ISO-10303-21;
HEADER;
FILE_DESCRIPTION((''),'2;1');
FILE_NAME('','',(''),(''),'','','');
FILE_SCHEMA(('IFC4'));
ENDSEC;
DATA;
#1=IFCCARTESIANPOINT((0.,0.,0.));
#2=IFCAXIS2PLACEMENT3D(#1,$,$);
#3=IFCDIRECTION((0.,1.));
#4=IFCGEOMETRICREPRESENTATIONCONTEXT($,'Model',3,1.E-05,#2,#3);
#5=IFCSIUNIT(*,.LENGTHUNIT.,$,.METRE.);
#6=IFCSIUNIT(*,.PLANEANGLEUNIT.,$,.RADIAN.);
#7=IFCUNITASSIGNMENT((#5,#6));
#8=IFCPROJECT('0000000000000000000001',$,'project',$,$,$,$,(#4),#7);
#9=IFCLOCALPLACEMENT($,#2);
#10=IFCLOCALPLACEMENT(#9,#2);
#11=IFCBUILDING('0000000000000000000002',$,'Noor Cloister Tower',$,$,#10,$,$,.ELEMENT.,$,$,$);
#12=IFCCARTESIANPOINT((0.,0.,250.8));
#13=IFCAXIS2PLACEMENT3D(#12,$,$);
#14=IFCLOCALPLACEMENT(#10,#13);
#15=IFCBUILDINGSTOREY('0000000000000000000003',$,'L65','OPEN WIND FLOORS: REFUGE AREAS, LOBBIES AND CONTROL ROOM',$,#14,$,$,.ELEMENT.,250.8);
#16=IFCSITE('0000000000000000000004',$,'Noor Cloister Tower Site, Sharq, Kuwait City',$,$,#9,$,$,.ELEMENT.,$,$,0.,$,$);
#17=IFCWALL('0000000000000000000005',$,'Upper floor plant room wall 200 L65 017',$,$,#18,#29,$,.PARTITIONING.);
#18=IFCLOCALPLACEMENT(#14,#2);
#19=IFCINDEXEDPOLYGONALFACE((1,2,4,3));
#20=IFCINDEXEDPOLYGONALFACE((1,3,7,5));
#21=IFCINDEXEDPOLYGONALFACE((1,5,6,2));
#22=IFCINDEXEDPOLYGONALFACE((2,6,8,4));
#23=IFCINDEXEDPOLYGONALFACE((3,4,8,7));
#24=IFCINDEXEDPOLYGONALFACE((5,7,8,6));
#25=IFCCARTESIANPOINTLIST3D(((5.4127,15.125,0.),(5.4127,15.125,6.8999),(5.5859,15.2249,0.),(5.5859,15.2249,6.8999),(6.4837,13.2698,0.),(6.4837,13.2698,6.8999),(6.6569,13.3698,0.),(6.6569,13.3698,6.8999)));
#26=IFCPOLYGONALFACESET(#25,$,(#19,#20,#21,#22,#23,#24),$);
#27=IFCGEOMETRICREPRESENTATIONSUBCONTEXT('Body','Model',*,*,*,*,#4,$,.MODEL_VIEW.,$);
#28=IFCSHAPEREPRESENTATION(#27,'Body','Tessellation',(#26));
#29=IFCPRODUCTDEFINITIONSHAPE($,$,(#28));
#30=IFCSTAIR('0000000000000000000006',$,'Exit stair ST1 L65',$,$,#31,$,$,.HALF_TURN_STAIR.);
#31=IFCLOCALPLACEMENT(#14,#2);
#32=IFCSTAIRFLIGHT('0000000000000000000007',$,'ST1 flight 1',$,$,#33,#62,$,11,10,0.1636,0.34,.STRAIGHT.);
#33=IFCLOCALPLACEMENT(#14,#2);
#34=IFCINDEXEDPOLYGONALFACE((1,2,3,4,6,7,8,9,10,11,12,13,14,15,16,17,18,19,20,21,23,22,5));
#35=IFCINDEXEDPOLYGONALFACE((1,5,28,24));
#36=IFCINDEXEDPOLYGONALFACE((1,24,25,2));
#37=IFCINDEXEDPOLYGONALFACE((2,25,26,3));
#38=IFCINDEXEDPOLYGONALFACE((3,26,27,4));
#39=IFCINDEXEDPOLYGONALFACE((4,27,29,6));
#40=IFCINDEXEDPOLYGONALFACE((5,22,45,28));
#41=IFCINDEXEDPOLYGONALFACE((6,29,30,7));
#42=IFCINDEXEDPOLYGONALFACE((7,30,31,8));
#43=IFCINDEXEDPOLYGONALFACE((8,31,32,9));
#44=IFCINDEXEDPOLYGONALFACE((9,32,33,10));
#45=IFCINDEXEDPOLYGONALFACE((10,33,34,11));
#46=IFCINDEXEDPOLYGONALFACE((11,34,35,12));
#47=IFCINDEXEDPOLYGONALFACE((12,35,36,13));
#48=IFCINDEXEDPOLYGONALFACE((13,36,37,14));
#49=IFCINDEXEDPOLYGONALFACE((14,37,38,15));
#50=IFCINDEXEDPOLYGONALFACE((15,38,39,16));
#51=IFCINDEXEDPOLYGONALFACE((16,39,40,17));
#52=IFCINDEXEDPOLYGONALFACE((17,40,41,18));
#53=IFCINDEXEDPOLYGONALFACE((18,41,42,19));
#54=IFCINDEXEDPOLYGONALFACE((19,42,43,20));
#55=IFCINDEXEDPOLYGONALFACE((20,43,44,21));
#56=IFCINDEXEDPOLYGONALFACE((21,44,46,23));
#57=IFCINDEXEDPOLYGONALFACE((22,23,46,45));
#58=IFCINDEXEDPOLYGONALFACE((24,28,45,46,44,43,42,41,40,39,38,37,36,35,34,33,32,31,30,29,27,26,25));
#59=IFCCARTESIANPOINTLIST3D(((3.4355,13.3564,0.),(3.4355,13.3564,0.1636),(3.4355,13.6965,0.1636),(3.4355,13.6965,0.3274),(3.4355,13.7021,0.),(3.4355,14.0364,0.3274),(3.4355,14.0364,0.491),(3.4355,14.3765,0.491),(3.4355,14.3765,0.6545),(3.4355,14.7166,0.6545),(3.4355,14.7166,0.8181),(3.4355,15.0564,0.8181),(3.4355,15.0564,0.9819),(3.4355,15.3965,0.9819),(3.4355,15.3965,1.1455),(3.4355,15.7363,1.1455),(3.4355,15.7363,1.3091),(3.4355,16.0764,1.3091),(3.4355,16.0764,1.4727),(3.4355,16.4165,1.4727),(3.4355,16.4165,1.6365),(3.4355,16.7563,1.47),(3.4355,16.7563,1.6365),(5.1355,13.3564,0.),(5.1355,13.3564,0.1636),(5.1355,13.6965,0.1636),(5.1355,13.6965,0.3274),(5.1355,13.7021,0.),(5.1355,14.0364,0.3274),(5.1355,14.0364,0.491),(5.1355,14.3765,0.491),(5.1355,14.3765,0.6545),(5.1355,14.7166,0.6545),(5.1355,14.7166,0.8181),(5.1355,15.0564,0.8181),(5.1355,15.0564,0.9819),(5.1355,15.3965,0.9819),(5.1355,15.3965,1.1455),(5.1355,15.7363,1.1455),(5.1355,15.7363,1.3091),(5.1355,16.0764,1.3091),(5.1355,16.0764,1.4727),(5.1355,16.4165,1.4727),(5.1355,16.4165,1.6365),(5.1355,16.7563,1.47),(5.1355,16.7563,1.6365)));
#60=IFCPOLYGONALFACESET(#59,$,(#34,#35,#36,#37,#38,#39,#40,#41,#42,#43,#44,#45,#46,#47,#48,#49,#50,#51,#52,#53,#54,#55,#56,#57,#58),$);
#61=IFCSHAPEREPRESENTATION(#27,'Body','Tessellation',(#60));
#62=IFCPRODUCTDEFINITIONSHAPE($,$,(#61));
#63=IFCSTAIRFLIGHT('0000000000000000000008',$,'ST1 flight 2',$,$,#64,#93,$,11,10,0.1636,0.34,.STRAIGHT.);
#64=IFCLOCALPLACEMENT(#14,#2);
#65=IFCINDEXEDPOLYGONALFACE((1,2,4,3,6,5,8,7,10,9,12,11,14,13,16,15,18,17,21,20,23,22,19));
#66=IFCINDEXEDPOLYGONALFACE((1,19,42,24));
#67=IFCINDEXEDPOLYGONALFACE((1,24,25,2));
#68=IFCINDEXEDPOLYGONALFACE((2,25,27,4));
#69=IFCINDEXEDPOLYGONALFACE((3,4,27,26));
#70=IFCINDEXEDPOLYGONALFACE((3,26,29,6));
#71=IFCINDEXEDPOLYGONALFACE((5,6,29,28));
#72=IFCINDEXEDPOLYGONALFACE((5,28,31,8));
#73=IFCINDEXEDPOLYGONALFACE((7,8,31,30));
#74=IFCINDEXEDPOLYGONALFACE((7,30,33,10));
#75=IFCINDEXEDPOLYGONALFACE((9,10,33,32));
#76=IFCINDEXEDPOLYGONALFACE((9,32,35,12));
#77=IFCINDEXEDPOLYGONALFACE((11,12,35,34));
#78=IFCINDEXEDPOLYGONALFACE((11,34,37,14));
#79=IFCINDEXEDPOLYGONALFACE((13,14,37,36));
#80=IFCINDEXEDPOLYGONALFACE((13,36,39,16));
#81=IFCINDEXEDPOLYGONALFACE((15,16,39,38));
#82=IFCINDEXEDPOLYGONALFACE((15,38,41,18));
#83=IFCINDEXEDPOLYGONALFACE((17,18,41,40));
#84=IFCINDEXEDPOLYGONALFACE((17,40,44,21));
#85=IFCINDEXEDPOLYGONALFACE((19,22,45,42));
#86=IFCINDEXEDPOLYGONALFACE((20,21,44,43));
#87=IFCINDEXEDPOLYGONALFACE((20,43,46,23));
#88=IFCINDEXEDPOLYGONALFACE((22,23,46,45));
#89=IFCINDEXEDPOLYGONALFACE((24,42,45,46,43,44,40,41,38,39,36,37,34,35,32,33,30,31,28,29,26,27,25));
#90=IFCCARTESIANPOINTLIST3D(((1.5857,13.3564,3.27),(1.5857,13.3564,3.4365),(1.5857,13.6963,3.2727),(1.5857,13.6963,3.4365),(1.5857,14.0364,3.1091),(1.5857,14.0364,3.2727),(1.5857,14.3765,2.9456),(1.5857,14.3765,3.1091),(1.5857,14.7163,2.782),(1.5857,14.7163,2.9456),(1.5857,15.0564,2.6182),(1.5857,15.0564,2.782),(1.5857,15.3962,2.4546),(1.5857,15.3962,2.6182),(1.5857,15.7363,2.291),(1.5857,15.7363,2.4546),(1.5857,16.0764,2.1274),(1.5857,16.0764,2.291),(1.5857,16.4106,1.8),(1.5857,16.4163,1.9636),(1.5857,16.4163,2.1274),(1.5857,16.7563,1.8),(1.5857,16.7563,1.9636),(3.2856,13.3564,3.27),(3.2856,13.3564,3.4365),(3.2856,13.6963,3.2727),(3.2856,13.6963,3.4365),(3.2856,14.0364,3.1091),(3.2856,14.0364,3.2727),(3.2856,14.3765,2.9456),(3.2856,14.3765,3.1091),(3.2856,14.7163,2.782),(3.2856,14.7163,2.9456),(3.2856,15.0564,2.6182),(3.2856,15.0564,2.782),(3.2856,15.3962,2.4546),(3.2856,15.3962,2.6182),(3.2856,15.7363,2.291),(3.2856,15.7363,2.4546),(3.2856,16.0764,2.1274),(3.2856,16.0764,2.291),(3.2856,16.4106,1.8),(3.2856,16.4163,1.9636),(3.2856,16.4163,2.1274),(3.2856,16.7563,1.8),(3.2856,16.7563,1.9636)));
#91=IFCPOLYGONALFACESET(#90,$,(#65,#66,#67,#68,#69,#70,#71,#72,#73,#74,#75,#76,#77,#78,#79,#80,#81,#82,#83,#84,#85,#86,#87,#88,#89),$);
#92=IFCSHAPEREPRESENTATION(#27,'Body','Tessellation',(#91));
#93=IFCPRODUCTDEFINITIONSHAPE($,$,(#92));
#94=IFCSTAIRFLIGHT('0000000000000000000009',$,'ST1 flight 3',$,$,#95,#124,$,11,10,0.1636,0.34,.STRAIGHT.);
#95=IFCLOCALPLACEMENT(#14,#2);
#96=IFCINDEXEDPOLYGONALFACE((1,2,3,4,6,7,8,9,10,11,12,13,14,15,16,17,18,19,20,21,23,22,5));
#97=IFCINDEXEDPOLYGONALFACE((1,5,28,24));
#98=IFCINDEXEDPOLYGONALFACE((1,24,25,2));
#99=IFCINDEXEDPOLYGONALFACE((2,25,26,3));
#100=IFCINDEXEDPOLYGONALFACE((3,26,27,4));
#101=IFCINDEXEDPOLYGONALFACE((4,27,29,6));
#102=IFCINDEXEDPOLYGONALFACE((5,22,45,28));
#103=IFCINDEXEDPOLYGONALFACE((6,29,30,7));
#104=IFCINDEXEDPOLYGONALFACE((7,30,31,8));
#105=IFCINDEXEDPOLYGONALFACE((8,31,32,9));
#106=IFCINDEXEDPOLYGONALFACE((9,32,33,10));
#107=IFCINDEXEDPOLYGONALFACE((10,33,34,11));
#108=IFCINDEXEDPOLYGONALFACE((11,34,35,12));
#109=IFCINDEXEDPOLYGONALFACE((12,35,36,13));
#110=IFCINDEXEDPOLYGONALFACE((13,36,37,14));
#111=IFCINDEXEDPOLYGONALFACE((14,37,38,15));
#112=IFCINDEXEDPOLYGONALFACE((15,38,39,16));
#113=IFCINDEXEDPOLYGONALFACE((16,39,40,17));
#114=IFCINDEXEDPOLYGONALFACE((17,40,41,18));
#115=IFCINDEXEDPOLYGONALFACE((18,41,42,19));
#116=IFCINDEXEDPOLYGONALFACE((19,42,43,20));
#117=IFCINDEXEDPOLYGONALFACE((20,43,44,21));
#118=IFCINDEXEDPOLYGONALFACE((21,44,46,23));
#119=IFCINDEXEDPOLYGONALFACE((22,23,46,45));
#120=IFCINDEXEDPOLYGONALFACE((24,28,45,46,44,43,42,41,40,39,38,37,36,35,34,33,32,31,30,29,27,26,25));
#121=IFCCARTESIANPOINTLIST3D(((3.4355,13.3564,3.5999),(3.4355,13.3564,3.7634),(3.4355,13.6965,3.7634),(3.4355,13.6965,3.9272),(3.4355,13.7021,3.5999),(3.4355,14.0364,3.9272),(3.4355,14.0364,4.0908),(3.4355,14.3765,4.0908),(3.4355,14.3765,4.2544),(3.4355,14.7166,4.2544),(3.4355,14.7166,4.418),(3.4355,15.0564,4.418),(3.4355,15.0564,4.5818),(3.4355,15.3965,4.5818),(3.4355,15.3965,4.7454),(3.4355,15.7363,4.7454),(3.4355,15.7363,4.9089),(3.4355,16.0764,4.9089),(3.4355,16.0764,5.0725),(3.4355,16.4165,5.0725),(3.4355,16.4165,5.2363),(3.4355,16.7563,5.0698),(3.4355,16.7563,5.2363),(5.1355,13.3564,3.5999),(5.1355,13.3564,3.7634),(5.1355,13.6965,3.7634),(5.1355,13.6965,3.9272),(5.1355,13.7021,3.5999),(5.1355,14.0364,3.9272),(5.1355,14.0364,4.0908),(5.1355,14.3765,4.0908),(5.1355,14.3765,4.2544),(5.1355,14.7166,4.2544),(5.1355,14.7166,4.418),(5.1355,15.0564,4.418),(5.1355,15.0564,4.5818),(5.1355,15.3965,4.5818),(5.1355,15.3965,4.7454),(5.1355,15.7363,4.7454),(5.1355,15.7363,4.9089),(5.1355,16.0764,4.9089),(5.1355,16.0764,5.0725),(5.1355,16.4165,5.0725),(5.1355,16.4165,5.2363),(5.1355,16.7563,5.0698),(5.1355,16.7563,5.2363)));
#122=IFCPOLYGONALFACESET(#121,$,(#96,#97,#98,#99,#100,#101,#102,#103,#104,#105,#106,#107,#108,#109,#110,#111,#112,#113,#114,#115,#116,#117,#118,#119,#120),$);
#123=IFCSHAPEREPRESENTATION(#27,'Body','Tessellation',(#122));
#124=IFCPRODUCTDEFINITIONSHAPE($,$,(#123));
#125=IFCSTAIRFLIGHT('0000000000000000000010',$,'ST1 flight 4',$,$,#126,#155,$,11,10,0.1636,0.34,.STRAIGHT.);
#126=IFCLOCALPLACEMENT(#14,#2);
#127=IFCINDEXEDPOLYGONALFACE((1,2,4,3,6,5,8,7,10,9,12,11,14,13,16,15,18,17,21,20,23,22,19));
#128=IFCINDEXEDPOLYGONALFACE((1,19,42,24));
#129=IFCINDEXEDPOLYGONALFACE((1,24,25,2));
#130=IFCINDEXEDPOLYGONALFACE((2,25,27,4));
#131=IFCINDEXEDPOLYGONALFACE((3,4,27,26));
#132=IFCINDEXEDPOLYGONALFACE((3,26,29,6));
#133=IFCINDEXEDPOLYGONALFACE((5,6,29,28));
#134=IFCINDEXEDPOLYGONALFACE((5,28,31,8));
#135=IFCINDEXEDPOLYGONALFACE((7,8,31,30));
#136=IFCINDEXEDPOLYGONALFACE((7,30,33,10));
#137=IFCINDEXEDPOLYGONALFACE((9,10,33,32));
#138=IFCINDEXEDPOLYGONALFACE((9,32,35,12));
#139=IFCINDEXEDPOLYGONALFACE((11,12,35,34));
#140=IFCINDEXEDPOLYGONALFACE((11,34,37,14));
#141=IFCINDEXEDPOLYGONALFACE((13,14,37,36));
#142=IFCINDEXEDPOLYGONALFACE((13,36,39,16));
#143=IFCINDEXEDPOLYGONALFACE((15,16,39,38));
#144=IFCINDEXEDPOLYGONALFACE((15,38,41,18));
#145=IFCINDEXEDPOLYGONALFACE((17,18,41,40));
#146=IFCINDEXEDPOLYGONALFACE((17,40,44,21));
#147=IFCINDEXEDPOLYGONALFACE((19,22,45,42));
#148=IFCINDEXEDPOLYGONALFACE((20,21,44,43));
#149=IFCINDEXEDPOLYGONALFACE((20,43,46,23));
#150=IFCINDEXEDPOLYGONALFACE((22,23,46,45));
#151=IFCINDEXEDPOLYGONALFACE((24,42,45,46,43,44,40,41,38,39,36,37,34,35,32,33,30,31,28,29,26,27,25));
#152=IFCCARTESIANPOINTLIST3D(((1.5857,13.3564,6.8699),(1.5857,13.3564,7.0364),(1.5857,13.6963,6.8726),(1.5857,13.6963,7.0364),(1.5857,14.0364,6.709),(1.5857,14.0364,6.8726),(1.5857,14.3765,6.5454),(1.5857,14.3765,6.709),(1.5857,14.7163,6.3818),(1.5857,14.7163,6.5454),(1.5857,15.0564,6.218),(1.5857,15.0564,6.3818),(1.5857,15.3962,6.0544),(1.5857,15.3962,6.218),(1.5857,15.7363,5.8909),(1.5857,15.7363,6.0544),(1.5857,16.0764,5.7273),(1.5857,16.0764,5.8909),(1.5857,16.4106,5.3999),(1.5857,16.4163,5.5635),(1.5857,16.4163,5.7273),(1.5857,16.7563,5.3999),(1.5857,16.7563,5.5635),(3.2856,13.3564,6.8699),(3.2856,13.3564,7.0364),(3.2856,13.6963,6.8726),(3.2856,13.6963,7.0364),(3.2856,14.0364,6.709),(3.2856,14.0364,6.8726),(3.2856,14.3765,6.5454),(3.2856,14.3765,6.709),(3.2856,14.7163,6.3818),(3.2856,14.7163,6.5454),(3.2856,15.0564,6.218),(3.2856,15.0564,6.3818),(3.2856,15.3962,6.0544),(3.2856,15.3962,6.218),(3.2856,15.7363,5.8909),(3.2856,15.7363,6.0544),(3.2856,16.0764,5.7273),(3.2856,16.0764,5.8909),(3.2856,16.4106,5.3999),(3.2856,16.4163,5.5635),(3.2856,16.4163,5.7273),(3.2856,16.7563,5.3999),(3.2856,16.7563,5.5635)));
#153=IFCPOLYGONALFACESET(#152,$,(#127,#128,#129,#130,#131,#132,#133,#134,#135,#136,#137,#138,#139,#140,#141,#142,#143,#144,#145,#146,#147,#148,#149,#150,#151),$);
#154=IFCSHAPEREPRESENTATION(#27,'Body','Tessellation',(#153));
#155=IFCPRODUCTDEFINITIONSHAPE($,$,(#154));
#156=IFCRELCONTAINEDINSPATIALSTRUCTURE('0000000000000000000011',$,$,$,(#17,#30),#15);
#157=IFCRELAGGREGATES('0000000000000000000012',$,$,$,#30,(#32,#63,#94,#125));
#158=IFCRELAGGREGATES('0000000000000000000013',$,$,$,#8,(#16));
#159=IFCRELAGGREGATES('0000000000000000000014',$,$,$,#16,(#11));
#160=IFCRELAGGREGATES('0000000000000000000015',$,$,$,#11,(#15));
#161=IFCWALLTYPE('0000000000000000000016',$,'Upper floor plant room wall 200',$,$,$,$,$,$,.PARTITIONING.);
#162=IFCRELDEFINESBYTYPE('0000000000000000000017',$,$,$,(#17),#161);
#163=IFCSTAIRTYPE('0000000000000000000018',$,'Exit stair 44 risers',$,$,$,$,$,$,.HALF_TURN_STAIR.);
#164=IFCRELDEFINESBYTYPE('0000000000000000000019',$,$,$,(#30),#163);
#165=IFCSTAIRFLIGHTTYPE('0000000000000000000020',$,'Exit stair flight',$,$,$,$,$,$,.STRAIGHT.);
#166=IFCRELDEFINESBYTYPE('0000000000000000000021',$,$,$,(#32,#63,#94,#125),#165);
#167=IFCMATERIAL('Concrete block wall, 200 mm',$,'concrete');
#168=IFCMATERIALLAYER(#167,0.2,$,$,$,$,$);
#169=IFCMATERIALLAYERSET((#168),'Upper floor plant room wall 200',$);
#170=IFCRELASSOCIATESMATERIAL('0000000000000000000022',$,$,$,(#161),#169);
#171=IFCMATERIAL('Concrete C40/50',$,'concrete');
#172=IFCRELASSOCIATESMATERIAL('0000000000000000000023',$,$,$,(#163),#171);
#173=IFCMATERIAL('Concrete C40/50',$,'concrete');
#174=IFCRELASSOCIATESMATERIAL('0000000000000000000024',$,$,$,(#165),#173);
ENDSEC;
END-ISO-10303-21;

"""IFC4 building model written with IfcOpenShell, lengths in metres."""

from ifc_helpers import new_model, si_unit, direction, frame, frame_2d, origin, place, context, subcontext, project, spatial, polyline, rectangle, outline, extrude, material, layer, layer_set, type_object, element, aggregate, save


model = new_model("IFC4")

# Units and contexts
model_context = context("Model", 3, precision=1e-05, world=origin(), true_north=direction((0.0, 1.0)))
body_context = subcontext(model_context, "Body", "Model", "MODEL_VIEW")
ifc_project = project(units=[si_unit("LENGTHUNIT", "METRE"), si_unit("PLANEANGLEUNIT", "RADIAN")], contexts=[model_context])

# Site, building, storey
site_placement = place(None, origin())
site = spatial("IfcSite", under=ifc_project, at=site_placement, Name="Noor Cloister Tower Site, Sharq, Kuwait City", CompositionType="ELEMENT", RefElevation=0.0)
building_placement = place(site_placement, origin())
building = spatial("IfcBuilding", under=site, at=building_placement, Name="Noor Cloister Tower", CompositionType="ELEMENT")
storey_placement = place(building_placement, frame((0.0, 0.0, 250.8)))
storey = spatial("IfcBuildingStorey", under=building, at=storey_placement, Name="L65", Description="OPEN WIND FLOORS: REFUGE AREAS, LOBBIES AND CONTROL ROOM", CompositionType="ELEMENT", Elevation=250.8)

# Shared definitions
ifc_material_1 = material(Name="Concrete block wall, 200 mm", Category="concrete")
ifc_layer_1 = layer(ifc_material_1, 0.2)
ifc_layer_set_1 = layer_set([ifc_layer_1], Name="Upper floor plant room wall 200")
wall_type_1 = type_object("IfcWallType", Name="Upper floor plant room wall 200", PredefinedType="PARTITIONING", material=ifc_layer_set_1)

# Wall
wall_1_placement = place(storey_placement, frame((6.5703, 13.3198, 0.0), z_axis=(0.0, 0.0, 1.0), x_axis=(-0.499976, 0.866039, 0.0)))
element("IfcWall", 1, at=wall_1_placement, inside=storey, type_object=wall_type_1, Name="Upper floor plant room wall 200 L65 017", PredefinedType="PARTITIONING", context=body_context, shape_type="SweptSolid", body=[
    extrude(rectangle(XDim=2.1421, YDim=0.2, at=frame_2d((1.071, 0.0))), origin(), (0.0, 0.0, 1.0), 6.8999),
])

# Stair, stair flights
ifc_material_2 = material(Name="Concrete C40/50", Category="concrete")
stair_type = type_object("IfcStairType", Name="Exit stair 44 risers", PredefinedType="HALF_TURN_STAIR", material=ifc_material_2)
stair_placement = place(storey_placement, origin())
stair = element("IfcStair", 2, at=stair_placement, inside=storey, type_object=stair_type, Name="Exit stair ST1 L65", PredefinedType="HALF_TURN_STAIR")
ifc_material_3 = material(Name="Concrete C40/50", Category="concrete")
stair_flight_type = type_object("IfcStairFlightType", Name="Exit stair flight", PredefinedType="STRAIGHT", material=ifc_material_3)
stair_flight_1_placement = place(storey_placement, frame((4.2856, 13.3564, 0.0), z_axis=(0.0, 0.0, 1.0), x_axis=(0.0, 1.0, 0.0)))
stair_flight_1 = element("IfcStairFlight", 3, at=stair_flight_1_placement, type_object=stair_flight_type, Name="ST1 flight 1", NumberOfRisers=11, NumberOfTreads=10, PredefinedType="STRAIGHT", RiserHeight=0.1636, TreadLength=0.34, context=body_context, shape_type="SweptSolid", body=[
    extrude(outline(polyline([(0.0, 0.0), (0.0, 0.1636), (0.3401, 0.1636), (0.3401, 0.3274), (0.6799, 0.3274), (0.6799, 0.491), (1.02, 0.491), (1.02, 0.6545), (1.3601, 0.6545), (1.3601, 0.8181), (1.7, 0.8181), (1.7, 0.9819), (2.04, 0.9819), (2.04, 1.1455), (2.3799, 1.1455), (2.3799, 1.3091), (2.72, 1.3091), (2.72, 1.4727), (3.0601, 1.4727), (3.0601, 1.6365), (3.3999, 1.6365), (3.3999, 1.8), (3.3999, 1.47), (0.3457, 0.0), (0.0, 0.0)])), frame((0.0, 0.8501, 0.0), z_axis=(0.0, -1.0, 0.0), x_axis=(1.0, 0.0, 0.0)), (0.0, 0.0, 1.0), 1.7),
])
stair_flight_2_placement = place(storey_placement, frame((2.4355, 16.7563, 1.8), z_axis=(0.0, 0.0, 1.0), x_axis=(0.0, -1.0, 0.0)))
stair_flight_2 = element("IfcStairFlight", 4, at=stair_flight_2_placement, type_object=stair_flight_type, Name="ST1 flight 2", NumberOfRisers=11, NumberOfTreads=10, PredefinedType="STRAIGHT", RiserHeight=0.1636, TreadLength=0.34, context=body_context, shape_type="SweptSolid", body=[
    extrude(outline(polyline([(0.0, 0.0), (0.0, 0.1636), (0.3401, 0.1636), (0.3401, 0.3274), (0.6799, 0.3274), (0.6799, 0.491), (1.02, 0.491), (1.02, 0.6545), (1.3601, 0.6545), (1.3601, 0.8181), (1.7, 0.8181), (1.7, 0.9819), (2.04, 0.9819), (2.04, 1.1455), (2.3799, 1.1455), (2.3799, 1.3091), (2.72, 1.3091), (2.72, 1.4727), (3.0601, 1.4727), (3.0601, 1.6365), (3.3999, 1.6365), (3.3999, 1.8), (3.3999, 1.47), (0.3457, 0.0), (0.0, 0.0)])), frame((0.0, 0.8501, 0.0), z_axis=(0.0, -1.0, 0.0), x_axis=(1.0, 0.0, 0.0)), (0.0, 0.0, 1.0), 1.7),
])
stair_flight_3_placement = place(storey_placement, frame((4.2856, 13.3564, 3.5999), z_axis=(0.0, 0.0, 1.0), x_axis=(0.0, 1.0, 0.0)))
stair_flight_3 = element("IfcStairFlight", 5, at=stair_flight_3_placement, type_object=stair_flight_type, Name="ST1 flight 3", NumberOfRisers=11, NumberOfTreads=10, PredefinedType="STRAIGHT", RiserHeight=0.1636, TreadLength=0.34, context=body_context, shape_type="SweptSolid", body=[
    extrude(outline(polyline([(0.0, 0.0), (0.0, 0.1636), (0.3401, 0.1636), (0.3401, 0.3274), (0.6799, 0.3274), (0.6799, 0.491), (1.02, 0.491), (1.02, 0.6545), (1.3601, 0.6545), (1.3601, 0.8181), (1.7, 0.8181), (1.7, 0.9819), (2.04, 0.9819), (2.04, 1.1455), (2.3799, 1.1455), (2.3799, 1.3091), (2.72, 1.3091), (2.72, 1.4727), (3.0601, 1.4727), (3.0601, 1.6365), (3.3999, 1.6365), (3.3999, 1.8), (3.3999, 1.47), (0.3457, 0.0), (0.0, 0.0)])), frame((0.0, 0.8501, 0.0), z_axis=(0.0, -1.0, 0.0), x_axis=(1.0, 0.0, 0.0)), (0.0, 0.0, 1.0), 1.7),
])
stair_flight_4_placement = place(storey_placement, frame((2.4355, 16.7563, 5.3999), z_axis=(0.0, 0.0, 1.0), x_axis=(0.0, -1.0, 0.0)))
stair_flight_4 = element("IfcStairFlight", 6, at=stair_flight_4_placement, type_object=stair_flight_type, Name="ST1 flight 4", NumberOfRisers=11, NumberOfTreads=10, PredefinedType="STRAIGHT", RiserHeight=0.1636, TreadLength=0.34, context=body_context, shape_type="SweptSolid", body=[
    extrude(outline(polyline([(0.0, 0.0), (0.0, 0.1636), (0.3401, 0.1636), (0.3401, 0.3274), (0.6799, 0.3274), (0.6799, 0.491), (1.02, 0.491), (1.02, 0.6545), (1.3601, 0.6545), (1.3601, 0.8181), (1.7, 0.8181), (1.7, 0.9819), (2.04, 0.9819), (2.04, 1.1455), (2.3799, 1.1455), (2.3799, 1.3091), (2.72, 1.3091), (2.72, 1.4727), (3.0601, 1.4727), (3.0601, 1.6365), (3.3999, 1.6365), (3.3999, 1.8), (3.3999, 1.47), (0.3457, 0.0), (0.0, 0.0)])), frame((0.0, 0.8501, 0.0), z_axis=(0.0, -1.0, 0.0), x_axis=(1.0, 0.0, 0.0)), (0.0, 0.0, 1.0), 1.7),
])
aggregate(stair, [stair_flight_1, stair_flight_2, stair_flight_3, stair_flight_4])

save(model, "model.ifc")
